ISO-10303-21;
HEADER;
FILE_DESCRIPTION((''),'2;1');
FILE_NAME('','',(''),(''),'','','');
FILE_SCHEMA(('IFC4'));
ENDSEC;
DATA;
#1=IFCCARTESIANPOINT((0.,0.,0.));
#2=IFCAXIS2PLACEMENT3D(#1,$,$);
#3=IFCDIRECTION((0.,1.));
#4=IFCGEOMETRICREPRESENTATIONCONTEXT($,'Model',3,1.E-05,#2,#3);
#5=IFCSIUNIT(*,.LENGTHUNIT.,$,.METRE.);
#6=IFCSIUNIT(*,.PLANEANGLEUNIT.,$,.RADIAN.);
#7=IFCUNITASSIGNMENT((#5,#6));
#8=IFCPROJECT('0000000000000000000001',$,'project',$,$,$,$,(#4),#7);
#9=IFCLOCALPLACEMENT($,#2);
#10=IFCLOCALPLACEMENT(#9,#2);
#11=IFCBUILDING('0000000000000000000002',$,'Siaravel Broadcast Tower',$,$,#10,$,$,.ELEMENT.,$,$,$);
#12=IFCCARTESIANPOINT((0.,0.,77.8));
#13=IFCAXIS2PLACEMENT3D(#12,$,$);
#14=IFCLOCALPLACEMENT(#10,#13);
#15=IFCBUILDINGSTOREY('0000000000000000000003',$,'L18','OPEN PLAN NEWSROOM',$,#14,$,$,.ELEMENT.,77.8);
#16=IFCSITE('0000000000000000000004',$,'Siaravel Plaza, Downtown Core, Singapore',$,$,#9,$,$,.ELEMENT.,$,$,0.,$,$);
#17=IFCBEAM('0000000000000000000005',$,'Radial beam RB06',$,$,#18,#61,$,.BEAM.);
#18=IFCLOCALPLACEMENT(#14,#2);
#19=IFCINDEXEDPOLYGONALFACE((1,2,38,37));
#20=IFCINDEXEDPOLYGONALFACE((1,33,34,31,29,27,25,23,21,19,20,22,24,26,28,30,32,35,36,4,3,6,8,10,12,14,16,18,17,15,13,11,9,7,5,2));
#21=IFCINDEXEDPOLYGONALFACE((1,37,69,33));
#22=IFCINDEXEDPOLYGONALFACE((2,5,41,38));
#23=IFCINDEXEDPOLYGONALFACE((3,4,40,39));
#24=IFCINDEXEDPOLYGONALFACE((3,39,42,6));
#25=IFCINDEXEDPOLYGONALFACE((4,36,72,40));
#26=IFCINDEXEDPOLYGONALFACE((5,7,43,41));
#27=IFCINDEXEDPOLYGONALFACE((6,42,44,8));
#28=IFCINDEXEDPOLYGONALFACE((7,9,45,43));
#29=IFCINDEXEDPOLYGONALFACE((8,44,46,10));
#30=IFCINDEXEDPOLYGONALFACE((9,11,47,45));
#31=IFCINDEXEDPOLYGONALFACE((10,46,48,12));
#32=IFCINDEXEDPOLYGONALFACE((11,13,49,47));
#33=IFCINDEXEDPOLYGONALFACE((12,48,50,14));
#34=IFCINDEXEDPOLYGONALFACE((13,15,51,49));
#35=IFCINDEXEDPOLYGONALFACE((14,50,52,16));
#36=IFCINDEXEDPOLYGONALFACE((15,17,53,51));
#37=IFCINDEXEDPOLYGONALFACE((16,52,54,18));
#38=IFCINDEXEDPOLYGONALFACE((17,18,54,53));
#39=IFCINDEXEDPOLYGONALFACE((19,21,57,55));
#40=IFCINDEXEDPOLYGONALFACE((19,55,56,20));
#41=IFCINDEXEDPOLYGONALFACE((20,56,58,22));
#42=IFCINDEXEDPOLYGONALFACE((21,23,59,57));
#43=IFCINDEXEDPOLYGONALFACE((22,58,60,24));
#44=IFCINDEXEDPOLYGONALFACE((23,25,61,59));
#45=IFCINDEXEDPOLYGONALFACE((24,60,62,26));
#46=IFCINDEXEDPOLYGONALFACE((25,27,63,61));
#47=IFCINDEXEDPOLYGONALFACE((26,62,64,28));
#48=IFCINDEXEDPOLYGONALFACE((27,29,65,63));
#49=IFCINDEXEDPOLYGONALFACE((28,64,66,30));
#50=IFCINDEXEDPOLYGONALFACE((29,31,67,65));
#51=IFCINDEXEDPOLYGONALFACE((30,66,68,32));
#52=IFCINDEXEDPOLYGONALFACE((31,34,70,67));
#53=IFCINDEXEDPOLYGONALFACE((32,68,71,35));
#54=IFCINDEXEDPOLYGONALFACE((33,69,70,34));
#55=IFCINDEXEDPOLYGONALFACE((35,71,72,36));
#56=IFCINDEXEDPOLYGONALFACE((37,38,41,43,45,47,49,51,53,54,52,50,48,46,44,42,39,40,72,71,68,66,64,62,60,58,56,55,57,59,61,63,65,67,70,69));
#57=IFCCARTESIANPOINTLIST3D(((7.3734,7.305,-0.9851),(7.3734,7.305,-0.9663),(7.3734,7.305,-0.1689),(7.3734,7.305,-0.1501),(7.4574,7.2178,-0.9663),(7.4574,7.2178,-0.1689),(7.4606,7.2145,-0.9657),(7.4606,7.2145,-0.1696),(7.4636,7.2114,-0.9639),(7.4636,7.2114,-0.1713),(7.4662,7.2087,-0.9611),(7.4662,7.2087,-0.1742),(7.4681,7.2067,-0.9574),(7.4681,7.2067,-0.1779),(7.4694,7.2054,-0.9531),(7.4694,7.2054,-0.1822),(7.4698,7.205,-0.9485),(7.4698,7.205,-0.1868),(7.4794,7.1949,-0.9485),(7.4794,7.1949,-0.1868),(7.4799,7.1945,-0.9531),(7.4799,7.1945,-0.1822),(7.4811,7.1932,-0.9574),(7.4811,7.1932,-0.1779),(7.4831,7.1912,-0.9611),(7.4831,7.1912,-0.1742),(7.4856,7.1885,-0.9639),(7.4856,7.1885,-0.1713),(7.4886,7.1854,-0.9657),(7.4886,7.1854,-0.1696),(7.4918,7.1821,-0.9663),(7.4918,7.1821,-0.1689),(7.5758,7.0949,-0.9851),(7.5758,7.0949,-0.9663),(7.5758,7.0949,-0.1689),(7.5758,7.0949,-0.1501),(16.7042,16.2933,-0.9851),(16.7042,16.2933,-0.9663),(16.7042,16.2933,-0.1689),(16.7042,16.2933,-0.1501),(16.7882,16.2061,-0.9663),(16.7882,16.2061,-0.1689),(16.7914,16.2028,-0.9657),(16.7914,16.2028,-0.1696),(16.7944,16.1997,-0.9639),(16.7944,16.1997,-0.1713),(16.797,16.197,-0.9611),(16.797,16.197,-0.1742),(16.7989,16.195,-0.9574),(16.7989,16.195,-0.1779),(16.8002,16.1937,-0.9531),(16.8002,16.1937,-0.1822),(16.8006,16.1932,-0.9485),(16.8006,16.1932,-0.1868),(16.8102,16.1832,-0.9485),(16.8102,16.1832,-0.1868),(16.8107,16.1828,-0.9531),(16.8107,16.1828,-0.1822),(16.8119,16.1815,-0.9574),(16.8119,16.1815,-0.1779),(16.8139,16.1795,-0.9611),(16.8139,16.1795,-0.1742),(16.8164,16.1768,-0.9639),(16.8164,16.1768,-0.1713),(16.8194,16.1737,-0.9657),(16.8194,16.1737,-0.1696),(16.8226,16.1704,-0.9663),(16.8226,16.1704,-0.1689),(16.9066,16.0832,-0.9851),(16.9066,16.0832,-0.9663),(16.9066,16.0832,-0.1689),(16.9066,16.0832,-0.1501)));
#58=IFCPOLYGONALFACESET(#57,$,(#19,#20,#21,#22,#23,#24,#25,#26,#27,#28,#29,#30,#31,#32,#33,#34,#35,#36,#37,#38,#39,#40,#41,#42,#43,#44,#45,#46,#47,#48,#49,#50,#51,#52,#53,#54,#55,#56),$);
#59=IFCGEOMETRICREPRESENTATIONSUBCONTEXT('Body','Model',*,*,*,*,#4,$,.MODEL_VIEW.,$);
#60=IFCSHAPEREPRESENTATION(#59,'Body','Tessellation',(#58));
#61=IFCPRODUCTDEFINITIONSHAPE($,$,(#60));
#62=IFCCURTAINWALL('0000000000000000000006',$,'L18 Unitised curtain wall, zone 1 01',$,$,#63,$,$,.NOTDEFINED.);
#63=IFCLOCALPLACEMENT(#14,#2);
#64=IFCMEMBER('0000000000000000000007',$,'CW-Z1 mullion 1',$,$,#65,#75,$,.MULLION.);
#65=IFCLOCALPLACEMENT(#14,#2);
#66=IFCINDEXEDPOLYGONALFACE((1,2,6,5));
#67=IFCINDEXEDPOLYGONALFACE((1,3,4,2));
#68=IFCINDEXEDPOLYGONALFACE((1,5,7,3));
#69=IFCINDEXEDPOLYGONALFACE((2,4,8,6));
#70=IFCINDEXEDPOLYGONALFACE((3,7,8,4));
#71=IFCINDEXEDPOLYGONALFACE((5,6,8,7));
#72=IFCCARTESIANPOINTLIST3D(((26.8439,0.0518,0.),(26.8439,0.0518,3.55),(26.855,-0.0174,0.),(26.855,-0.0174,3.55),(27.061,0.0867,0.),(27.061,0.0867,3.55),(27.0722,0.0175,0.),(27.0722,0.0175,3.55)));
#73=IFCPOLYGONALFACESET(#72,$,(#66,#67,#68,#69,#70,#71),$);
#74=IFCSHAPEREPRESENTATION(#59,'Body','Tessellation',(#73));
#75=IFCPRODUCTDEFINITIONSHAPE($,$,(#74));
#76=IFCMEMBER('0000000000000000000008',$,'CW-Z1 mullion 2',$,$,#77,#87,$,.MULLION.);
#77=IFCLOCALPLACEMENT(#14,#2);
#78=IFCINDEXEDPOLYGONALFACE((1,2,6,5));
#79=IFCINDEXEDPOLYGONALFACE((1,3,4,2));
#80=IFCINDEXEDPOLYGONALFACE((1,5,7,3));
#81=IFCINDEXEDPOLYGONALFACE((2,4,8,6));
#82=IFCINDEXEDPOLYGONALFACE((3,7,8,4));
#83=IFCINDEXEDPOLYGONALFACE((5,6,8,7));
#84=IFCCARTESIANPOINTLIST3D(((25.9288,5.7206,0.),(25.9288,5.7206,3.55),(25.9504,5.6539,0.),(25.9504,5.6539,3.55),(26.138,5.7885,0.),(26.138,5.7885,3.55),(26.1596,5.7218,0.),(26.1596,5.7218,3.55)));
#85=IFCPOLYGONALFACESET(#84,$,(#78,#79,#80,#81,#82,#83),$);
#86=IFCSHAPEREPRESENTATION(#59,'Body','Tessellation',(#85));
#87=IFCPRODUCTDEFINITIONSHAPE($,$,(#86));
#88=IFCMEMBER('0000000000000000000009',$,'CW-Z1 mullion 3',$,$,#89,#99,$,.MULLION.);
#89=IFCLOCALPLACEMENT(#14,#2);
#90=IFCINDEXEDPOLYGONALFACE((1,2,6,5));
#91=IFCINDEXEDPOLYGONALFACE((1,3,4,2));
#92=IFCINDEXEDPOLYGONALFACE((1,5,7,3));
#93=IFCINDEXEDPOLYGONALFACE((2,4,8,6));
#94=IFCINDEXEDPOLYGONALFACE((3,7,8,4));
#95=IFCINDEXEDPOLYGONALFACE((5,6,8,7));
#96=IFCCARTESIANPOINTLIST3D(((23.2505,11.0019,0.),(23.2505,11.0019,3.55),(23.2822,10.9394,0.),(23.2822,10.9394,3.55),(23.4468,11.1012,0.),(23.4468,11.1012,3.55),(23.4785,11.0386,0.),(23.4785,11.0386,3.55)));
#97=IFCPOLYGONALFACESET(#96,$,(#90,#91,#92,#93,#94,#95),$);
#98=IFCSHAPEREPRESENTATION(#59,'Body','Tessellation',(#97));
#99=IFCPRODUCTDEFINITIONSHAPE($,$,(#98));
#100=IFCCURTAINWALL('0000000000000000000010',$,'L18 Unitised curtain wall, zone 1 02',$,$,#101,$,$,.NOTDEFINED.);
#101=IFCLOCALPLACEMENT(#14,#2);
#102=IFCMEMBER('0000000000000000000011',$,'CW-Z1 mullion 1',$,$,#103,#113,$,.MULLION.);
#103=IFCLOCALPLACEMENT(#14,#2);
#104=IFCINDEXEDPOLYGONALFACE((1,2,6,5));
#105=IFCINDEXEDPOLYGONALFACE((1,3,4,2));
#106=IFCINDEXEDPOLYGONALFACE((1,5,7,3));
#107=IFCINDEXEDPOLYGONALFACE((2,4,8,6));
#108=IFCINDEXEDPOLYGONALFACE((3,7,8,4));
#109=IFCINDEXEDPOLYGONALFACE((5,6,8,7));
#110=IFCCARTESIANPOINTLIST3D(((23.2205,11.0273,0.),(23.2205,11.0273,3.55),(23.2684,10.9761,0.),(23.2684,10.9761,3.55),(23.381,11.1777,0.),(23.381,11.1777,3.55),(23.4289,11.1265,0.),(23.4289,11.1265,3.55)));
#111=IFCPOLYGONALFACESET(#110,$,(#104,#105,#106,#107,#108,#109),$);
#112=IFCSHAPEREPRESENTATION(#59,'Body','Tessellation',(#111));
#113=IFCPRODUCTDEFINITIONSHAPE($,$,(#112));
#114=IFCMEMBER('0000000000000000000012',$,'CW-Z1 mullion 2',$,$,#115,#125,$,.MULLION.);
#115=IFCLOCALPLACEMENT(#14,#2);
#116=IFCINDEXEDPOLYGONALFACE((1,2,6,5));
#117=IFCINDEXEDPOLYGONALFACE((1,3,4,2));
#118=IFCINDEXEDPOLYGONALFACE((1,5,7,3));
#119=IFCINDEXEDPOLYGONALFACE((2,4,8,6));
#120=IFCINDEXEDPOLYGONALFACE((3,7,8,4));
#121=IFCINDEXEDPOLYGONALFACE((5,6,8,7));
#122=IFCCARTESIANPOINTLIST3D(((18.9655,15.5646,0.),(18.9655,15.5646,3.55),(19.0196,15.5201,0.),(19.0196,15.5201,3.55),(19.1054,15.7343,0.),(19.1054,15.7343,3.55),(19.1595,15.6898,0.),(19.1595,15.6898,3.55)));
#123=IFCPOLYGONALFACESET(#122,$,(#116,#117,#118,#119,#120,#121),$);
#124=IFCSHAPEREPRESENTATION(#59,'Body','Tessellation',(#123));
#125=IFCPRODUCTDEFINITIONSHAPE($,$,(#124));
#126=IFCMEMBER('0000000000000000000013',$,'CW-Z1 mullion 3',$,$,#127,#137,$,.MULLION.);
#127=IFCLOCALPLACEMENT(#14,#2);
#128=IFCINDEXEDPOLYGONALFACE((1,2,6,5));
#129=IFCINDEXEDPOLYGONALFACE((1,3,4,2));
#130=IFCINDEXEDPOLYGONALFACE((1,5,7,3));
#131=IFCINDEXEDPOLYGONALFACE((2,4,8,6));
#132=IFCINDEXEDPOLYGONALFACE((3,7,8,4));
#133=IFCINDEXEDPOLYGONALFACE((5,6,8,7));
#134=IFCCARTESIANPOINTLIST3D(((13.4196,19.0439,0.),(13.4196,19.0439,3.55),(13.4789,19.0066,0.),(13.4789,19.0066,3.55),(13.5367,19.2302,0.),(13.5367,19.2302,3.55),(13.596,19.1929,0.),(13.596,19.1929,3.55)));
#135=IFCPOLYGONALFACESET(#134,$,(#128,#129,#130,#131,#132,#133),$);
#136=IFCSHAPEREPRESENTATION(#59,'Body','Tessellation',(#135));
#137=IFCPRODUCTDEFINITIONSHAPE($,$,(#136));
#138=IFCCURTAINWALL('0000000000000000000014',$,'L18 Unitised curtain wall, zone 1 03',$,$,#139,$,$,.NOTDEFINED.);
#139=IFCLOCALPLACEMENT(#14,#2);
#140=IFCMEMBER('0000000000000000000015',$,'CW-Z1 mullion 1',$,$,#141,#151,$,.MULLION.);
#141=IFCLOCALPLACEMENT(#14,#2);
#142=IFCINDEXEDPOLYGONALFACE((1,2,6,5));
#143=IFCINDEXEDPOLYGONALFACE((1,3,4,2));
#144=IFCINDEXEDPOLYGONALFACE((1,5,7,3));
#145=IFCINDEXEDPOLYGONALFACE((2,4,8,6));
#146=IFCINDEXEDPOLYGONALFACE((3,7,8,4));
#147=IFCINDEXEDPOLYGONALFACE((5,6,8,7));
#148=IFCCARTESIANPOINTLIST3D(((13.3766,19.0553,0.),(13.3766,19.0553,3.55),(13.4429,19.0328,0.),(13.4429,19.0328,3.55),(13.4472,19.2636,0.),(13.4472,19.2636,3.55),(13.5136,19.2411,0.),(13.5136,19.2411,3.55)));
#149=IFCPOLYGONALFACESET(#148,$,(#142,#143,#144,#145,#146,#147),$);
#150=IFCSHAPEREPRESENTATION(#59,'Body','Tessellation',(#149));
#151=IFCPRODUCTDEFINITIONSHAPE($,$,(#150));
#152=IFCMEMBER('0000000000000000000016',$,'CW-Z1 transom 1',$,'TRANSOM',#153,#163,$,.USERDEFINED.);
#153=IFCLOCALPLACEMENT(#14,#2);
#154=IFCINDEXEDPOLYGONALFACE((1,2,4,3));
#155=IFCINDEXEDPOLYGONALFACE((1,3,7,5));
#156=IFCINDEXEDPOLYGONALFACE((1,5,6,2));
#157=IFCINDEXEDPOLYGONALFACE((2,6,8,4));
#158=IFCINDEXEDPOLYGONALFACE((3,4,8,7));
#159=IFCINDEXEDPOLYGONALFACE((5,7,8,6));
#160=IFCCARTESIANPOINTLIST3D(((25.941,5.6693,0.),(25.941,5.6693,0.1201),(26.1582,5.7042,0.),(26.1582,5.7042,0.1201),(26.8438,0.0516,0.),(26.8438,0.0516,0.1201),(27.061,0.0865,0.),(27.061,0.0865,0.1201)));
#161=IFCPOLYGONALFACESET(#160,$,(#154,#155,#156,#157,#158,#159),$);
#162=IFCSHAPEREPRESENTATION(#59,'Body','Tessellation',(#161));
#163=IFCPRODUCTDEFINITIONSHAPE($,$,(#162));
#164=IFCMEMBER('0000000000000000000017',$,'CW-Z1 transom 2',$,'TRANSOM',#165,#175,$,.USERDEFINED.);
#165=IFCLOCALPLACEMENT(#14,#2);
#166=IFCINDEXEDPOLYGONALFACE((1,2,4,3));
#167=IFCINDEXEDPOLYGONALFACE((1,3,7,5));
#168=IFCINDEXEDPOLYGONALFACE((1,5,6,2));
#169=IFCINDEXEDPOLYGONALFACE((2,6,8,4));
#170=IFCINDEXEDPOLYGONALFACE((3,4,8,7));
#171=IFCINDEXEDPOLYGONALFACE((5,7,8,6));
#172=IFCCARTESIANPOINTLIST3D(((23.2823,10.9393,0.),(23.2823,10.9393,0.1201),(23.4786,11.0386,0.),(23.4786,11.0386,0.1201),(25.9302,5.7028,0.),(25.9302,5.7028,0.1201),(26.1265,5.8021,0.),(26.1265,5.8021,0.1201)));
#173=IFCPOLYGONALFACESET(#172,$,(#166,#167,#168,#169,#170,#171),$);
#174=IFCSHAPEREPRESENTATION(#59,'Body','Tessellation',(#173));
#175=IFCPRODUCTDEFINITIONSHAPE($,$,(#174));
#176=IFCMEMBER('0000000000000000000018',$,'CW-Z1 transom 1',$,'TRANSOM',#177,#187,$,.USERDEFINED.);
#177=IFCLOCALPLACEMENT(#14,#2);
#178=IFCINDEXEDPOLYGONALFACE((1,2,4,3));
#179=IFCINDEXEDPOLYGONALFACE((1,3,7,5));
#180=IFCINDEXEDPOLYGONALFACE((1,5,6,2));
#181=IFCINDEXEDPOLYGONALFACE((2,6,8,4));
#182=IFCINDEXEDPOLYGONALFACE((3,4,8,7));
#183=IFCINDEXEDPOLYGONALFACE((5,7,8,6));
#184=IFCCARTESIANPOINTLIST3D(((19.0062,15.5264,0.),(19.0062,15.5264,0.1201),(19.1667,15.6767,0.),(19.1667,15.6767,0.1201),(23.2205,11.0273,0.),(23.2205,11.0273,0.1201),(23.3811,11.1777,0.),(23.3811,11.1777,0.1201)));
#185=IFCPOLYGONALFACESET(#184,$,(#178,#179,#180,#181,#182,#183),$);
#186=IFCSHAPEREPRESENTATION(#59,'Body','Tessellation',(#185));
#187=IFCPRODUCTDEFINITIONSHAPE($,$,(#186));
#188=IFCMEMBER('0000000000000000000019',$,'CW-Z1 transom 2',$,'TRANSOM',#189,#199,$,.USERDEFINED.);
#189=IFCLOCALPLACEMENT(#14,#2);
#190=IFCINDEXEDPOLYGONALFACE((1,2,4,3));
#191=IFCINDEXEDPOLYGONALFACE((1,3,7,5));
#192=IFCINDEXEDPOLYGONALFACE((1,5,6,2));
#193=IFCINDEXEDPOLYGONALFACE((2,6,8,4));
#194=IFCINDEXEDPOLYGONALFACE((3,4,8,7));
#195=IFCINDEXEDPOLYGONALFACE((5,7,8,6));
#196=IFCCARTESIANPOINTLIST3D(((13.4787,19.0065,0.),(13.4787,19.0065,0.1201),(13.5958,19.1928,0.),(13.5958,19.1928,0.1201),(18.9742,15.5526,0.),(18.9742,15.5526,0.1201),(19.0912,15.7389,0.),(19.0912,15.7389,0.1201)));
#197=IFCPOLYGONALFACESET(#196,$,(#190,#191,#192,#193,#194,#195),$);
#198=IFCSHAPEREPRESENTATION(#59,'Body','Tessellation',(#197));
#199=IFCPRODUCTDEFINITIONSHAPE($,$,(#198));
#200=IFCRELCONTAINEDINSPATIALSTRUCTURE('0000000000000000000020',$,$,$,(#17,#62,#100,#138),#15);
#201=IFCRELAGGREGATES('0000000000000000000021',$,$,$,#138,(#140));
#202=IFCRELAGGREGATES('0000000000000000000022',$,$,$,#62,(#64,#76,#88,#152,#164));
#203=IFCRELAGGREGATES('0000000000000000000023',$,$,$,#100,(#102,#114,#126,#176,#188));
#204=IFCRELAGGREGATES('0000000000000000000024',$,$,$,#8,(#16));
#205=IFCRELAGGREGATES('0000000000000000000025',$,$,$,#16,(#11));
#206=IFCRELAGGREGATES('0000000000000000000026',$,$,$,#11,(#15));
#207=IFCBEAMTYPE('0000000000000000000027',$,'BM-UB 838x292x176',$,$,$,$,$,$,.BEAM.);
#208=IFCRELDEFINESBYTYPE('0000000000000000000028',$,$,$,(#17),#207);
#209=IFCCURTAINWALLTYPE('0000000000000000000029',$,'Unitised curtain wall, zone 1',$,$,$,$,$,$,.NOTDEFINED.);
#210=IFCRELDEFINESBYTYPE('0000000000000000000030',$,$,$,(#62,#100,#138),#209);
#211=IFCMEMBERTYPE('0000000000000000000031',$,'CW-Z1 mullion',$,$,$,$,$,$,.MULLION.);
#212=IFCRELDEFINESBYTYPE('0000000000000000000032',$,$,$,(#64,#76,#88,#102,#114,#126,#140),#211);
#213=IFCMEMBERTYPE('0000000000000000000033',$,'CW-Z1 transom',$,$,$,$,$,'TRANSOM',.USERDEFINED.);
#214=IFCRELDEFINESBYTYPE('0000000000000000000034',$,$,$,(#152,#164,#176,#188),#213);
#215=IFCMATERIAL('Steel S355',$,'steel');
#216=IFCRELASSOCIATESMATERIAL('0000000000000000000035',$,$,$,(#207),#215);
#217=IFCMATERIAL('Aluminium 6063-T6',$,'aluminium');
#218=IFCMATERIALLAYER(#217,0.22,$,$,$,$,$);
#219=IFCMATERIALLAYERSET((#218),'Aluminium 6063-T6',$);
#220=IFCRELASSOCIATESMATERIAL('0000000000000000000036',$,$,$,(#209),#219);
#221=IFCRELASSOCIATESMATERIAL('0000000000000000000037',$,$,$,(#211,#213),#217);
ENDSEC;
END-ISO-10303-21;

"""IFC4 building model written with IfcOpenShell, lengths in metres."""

from ifc_helpers import new_model, si_unit, direction, frame, origin, origin_2d, place, context, subcontext, project, spatial, rectangle, i_section, extrude, material, layer, layer_set, material_profile, profile_set, type_object, element, aggregate, save


model = new_model("IFC4")

# Units and contexts
model_context = context("Model", 3, precision=1e-05, world=origin(), true_north=direction((0.0, 1.0)))
body_context = subcontext(model_context, "Body", "Model", "MODEL_VIEW")
ifc_project = project(units=[si_unit("LENGTHUNIT", "METRE"), si_unit("PLANEANGLEUNIT", "RADIAN")], contexts=[model_context])

# Site, building, storey
site_placement = place(None, origin())
site = spatial("IfcSite", under=ifc_project, at=site_placement, Name="Siaravel Plaza, Downtown Core, Singapore", CompositionType="ELEMENT", RefElevation=0.0)
building_placement = place(site_placement, origin())
building = spatial("IfcBuilding", under=site, at=building_placement, Name="Siaravel Broadcast Tower", CompositionType="ELEMENT")
storey_placement = place(building_placement, frame((0.0, 0.0, 77.8)))
storey = spatial("IfcBuildingStorey", under=building, at=storey_placement, Name="L18", Description="OPEN PLAN NEWSROOM", CompositionType="ELEMENT", Elevation=77.8)

# Beam
ifc_material_1 = material(Name="Steel S355", Category="steel")
ifc_material_profile_1 = material_profile(ifc_material_1, i_section(OverallWidth=0.2917, OverallDepth=0.835, WebThickness=0.0139, FlangeThickness=0.0188, FilletRadius=0.0178, at=origin_2d()))
ifc_profile_set_1 = profile_set([ifc_material_profile_1], Name="Steel S355")
beam_type = type_object("IfcBeamType", Name="BM-UB 838x292x176", PredefinedType="BEAM", material=ifc_profile_set_1)
beam_1_placement = place(storey_placement, frame((16.8054, 16.1882, -0.5676), z_axis=(-0.720202, -0.693764, 0.0), x_axis=(0.693764, -0.720202, 0.0)))
element("IfcBeam", 1, at=beam_1_placement, inside=storey, type_object=beam_type, Name="Radial beam RB06", PredefinedType="BEAM", context=body_context, shape_type="SweptSolid", body=[
    extrude(i_section(OverallWidth=0.2917, OverallDepth=0.835, WebThickness=0.0139, FlangeThickness=0.0188, FilletRadius=0.0178, at=origin_2d()), origin(), (0.0, 0.0, 1.0), 12.9558),
])

# Curtain walls, members
ifc_material_2 = material(Name="Aluminium 6063-T6", Category="aluminium")
ifc_layer_1 = layer(ifc_material_2, 0.22)
ifc_layer_set_1 = layer_set([ifc_layer_1], Name="Aluminium 6063-T6")
curtain_wall_type = type_object("IfcCurtainWallType", Name="Unitised curtain wall, zone 1", PredefinedType="NOTDEFINED", material=ifc_layer_set_1)
curtain_wall_1_placement = place(storey_placement, origin())
curtain_wall_1 = element("IfcCurtainWall", 2, at=curtain_wall_1_placement, inside=storey, type_object=curtain_wall_type, Name="L18 Unitised curtain wall, zone 1 01", PredefinedType="NOTDEFINED")
ifc_material_profile_2 = material_profile(ifc_material_2, rectangle(XDim=0.22, YDim=0.0701, at=origin_2d()))
ifc_profile_set_2 = profile_set([ifc_material_profile_2], Name="Aluminium 6063-T6")
member_type_1 = type_object("IfcMemberType", Name="CW-Z1 mullion", PredefinedType="MULLION", material=ifc_profile_set_2)
member_1_placement = place(storey_placement, frame((26.958, 0.0347, 0.0), z_axis=(0.0, 0.0, 1.0), x_axis=(-0.987329, -0.158685, 0.0)))
member_1 = element("IfcMember", 3, at=member_1_placement, type_object=member_type_1, Name="CW-Z1 mullion 1", PredefinedType="MULLION", context=body_context, shape_type="SweptSolid", body=[
    extrude(rectangle(XDim=0.22, YDim=0.0701, at=origin_2d()), origin(), (0.0, 0.0, 1.0), 3.55),
])
member_2_placement = place(storey_placement, frame((26.0442, 5.7212, 0.0), z_axis=(0.0, 0.0, 1.0), x_axis=(-0.951177, -0.308645, 0.0)))
member_2 = element("IfcMember", 4, at=member_2_placement, type_object=member_type_1, Name="CW-Z1 mullion 2", PredefinedType="MULLION", context=body_context, shape_type="SweptSolid", body=[
    extrude(rectangle(XDim=0.22, YDim=0.0701, at=origin_2d()), origin(), (0.0, 0.0, 1.0), 3.55),
])
member_3_placement = place(storey_placement, frame((23.3645, 11.0203, 0.0), z_axis=(0.0, 0.0, 1.0), x_axis=(-0.892392, -0.451261, 0.0)))
member_3 = element("IfcMember", 5, at=member_3_placement, type_object=member_type_1, Name="CW-Z1 mullion 3", PredefinedType="MULLION", context=body_context, shape_type="SweptSolid", body=[
    extrude(rectangle(XDim=0.22, YDim=0.0701, at=origin_2d()), origin(), (0.0, 0.0, 1.0), 3.55),
])
curtain_wall_2_placement = place(storey_placement, origin())
curtain_wall_2 = element("IfcCurtainWall", 6, at=curtain_wall_2_placement, inside=storey, type_object=curtain_wall_type, Name="L18 Unitised curtain wall, zone 1 02", PredefinedType="NOTDEFINED")
member_4_placement = place(storey_placement, frame((23.3247, 11.0769, 0.0), z_axis=(0.0, 0.0, 1.0), x_axis=(-0.729806, -0.683655, 0.0)))
member_4 = element("IfcMember", 7, at=member_4_placement, type_object=member_type_1, Name="CW-Z1 mullion 1", PredefinedType="MULLION", context=body_context, shape_type="SweptSolid", body=[
    extrude(rectangle(XDim=0.22, YDim=0.0701, at=origin_2d()), origin(), (0.0, 0.0, 1.0), 3.55),
])
member_5_placement = place(storey_placement, frame((19.0625, 15.6272, 0.0), z_axis=(0.0, 0.0, 1.0), x_axis=(-0.636219, -0.771508, 0.0)))
member_5 = element("IfcMember", 8, at=member_5_placement, type_object=member_type_1, Name="CW-Z1 mullion 2", PredefinedType="MULLION", context=body_context, shape_type="SweptSolid", body=[
    extrude(rectangle(XDim=0.22, YDim=0.0701, at=origin_2d()), origin(), (0.0, 0.0, 1.0), 3.55),
])
member_6_placement = place(storey_placement, frame((13.5078, 19.1184, 0.0), z_axis=(0.0, 0.0, 1.0), x_axis=(-0.53215, -0.84665, 0.0)))
member_6 = element("IfcMember", 9, at=member_6_placement, type_object=member_type_1, Name="CW-Z1 mullion 3", PredefinedType="MULLION", context=body_context, shape_type="SweptSolid", body=[
    extrude(rectangle(XDim=0.22, YDim=0.0701, at=origin_2d()), origin(), (0.0, 0.0, 1.0), 3.55),
])

# Curtain wall, member
curtain_wall_3_placement = place(storey_placement, origin())
curtain_wall_3 = element("IfcCurtainWall", 10, at=curtain_wall_3_placement, inside=storey, type_object=curtain_wall_type, Name="L18 Unitised curtain wall, zone 1 03", PredefinedType="NOTDEFINED")
member_7_placement = place(storey_placement, frame((13.4451, 19.1482, 0.0), z_axis=(0.0, 0.0, 1.0), x_axis=(-0.321301, -0.946977, 0.0)))
member_7 = element("IfcMember", 11, at=member_7_placement, type_object=member_type_1, Name="CW-Z1 mullion 1", PredefinedType="MULLION", context=body_context, shape_type="SweptSolid", body=[
    extrude(rectangle(XDim=0.22, YDim=0.0701, at=origin_2d()), origin(), (0.0, 0.0, 1.0), 3.55),
])

# Members
ifc_material_profile_3 = material_profile(ifc_material_2, rectangle(XDim=0.22, YDim=0.1201, at=origin_2d()))
ifc_profile_set_3 = profile_set([ifc_material_profile_3], Name="Aluminium 6063-T6")
member_type_2 = type_object("IfcMemberType", Name="CW-Z1 transom", ElementType="TRANSOM", PredefinedType="USERDEFINED", material=ifc_profile_set_3)
member_8_placement = place(storey_placement, frame((26.9524, 0.0691, 0.0601), z_axis=(-0.158677, 0.987331, 0.0), x_axis=(-0.987331, -0.158677, 0.0)))
member_8 = element("IfcMember", 12, at=member_8_placement, type_object=member_type_2, Name="CW-Z1 transom 1", ObjectType="TRANSOM", PredefinedType="USERDEFINED", context=body_context, shape_type="SweptSolid", body=[
    extrude(rectangle(XDim=0.22, YDim=0.1201, at=origin_2d()), origin(), (0.0, 0.0, 1.0), 5.6897),
])
member_9_placement = place(storey_placement, frame((26.0283, 5.7524, 0.0601), z_axis=(-0.451253, 0.892396, 0.0), x_axis=(-0.892396, -0.451253, 0.0)))
member_9 = element("IfcMember", 13, at=member_9_placement, type_object=member_type_2, Name="CW-Z1 transom 2", ObjectType="TRANSOM", PredefinedType="USERDEFINED", context=body_context, shape_type="SweptSolid", body=[
    extrude(rectangle(XDim=0.22, YDim=0.1201, at=origin_2d()), origin(), (0.0, 0.0, 1.0), 5.8679),
])
member_10_placement = place(storey_placement, frame((23.3008, 11.1025, 0.0601), z_axis=(-0.683641, 0.729819, 0.0), x_axis=(-0.729819, -0.683641, 0.0)))
member_10 = element("IfcMember", 14, at=member_10_placement, type_object=member_type_2, Name="CW-Z1 transom 1", ObjectType="TRANSOM", PredefinedType="USERDEFINED", context=body_context, shape_type="SweptSolid", body=[
    extrude(rectangle(XDim=0.22, YDim=0.1201, at=origin_2d()), origin(), (0.0, 0.0, 1.0), 6.1646),
])
member_11_placement = place(storey_placement, frame((19.0327, 15.6458, 0.0601), z_axis=(-0.846662, 0.532131, 0.0), x_axis=(-0.532131, -0.846662, 0.0)))
member_11 = element("IfcMember", 15, at=member_11_placement, type_object=member_type_2, Name="CW-Z1 transom 2", ObjectType="TRANSOM", PredefinedType="USERDEFINED", context=body_context, shape_type="SweptSolid", body=[
    extrude(rectangle(XDim=0.22, YDim=0.1201, at=origin_2d()), origin(), (0.0, 0.0, 1.0), 6.4907),
])
aggregate(curtain_wall_3, [member_7])

aggregate(curtain_wall_1, [member_1, member_2, member_3, member_8, member_9])
aggregate(curtain_wall_2, [member_4, member_5, member_6, member_10, member_11])

save(model, "model.ifc")
